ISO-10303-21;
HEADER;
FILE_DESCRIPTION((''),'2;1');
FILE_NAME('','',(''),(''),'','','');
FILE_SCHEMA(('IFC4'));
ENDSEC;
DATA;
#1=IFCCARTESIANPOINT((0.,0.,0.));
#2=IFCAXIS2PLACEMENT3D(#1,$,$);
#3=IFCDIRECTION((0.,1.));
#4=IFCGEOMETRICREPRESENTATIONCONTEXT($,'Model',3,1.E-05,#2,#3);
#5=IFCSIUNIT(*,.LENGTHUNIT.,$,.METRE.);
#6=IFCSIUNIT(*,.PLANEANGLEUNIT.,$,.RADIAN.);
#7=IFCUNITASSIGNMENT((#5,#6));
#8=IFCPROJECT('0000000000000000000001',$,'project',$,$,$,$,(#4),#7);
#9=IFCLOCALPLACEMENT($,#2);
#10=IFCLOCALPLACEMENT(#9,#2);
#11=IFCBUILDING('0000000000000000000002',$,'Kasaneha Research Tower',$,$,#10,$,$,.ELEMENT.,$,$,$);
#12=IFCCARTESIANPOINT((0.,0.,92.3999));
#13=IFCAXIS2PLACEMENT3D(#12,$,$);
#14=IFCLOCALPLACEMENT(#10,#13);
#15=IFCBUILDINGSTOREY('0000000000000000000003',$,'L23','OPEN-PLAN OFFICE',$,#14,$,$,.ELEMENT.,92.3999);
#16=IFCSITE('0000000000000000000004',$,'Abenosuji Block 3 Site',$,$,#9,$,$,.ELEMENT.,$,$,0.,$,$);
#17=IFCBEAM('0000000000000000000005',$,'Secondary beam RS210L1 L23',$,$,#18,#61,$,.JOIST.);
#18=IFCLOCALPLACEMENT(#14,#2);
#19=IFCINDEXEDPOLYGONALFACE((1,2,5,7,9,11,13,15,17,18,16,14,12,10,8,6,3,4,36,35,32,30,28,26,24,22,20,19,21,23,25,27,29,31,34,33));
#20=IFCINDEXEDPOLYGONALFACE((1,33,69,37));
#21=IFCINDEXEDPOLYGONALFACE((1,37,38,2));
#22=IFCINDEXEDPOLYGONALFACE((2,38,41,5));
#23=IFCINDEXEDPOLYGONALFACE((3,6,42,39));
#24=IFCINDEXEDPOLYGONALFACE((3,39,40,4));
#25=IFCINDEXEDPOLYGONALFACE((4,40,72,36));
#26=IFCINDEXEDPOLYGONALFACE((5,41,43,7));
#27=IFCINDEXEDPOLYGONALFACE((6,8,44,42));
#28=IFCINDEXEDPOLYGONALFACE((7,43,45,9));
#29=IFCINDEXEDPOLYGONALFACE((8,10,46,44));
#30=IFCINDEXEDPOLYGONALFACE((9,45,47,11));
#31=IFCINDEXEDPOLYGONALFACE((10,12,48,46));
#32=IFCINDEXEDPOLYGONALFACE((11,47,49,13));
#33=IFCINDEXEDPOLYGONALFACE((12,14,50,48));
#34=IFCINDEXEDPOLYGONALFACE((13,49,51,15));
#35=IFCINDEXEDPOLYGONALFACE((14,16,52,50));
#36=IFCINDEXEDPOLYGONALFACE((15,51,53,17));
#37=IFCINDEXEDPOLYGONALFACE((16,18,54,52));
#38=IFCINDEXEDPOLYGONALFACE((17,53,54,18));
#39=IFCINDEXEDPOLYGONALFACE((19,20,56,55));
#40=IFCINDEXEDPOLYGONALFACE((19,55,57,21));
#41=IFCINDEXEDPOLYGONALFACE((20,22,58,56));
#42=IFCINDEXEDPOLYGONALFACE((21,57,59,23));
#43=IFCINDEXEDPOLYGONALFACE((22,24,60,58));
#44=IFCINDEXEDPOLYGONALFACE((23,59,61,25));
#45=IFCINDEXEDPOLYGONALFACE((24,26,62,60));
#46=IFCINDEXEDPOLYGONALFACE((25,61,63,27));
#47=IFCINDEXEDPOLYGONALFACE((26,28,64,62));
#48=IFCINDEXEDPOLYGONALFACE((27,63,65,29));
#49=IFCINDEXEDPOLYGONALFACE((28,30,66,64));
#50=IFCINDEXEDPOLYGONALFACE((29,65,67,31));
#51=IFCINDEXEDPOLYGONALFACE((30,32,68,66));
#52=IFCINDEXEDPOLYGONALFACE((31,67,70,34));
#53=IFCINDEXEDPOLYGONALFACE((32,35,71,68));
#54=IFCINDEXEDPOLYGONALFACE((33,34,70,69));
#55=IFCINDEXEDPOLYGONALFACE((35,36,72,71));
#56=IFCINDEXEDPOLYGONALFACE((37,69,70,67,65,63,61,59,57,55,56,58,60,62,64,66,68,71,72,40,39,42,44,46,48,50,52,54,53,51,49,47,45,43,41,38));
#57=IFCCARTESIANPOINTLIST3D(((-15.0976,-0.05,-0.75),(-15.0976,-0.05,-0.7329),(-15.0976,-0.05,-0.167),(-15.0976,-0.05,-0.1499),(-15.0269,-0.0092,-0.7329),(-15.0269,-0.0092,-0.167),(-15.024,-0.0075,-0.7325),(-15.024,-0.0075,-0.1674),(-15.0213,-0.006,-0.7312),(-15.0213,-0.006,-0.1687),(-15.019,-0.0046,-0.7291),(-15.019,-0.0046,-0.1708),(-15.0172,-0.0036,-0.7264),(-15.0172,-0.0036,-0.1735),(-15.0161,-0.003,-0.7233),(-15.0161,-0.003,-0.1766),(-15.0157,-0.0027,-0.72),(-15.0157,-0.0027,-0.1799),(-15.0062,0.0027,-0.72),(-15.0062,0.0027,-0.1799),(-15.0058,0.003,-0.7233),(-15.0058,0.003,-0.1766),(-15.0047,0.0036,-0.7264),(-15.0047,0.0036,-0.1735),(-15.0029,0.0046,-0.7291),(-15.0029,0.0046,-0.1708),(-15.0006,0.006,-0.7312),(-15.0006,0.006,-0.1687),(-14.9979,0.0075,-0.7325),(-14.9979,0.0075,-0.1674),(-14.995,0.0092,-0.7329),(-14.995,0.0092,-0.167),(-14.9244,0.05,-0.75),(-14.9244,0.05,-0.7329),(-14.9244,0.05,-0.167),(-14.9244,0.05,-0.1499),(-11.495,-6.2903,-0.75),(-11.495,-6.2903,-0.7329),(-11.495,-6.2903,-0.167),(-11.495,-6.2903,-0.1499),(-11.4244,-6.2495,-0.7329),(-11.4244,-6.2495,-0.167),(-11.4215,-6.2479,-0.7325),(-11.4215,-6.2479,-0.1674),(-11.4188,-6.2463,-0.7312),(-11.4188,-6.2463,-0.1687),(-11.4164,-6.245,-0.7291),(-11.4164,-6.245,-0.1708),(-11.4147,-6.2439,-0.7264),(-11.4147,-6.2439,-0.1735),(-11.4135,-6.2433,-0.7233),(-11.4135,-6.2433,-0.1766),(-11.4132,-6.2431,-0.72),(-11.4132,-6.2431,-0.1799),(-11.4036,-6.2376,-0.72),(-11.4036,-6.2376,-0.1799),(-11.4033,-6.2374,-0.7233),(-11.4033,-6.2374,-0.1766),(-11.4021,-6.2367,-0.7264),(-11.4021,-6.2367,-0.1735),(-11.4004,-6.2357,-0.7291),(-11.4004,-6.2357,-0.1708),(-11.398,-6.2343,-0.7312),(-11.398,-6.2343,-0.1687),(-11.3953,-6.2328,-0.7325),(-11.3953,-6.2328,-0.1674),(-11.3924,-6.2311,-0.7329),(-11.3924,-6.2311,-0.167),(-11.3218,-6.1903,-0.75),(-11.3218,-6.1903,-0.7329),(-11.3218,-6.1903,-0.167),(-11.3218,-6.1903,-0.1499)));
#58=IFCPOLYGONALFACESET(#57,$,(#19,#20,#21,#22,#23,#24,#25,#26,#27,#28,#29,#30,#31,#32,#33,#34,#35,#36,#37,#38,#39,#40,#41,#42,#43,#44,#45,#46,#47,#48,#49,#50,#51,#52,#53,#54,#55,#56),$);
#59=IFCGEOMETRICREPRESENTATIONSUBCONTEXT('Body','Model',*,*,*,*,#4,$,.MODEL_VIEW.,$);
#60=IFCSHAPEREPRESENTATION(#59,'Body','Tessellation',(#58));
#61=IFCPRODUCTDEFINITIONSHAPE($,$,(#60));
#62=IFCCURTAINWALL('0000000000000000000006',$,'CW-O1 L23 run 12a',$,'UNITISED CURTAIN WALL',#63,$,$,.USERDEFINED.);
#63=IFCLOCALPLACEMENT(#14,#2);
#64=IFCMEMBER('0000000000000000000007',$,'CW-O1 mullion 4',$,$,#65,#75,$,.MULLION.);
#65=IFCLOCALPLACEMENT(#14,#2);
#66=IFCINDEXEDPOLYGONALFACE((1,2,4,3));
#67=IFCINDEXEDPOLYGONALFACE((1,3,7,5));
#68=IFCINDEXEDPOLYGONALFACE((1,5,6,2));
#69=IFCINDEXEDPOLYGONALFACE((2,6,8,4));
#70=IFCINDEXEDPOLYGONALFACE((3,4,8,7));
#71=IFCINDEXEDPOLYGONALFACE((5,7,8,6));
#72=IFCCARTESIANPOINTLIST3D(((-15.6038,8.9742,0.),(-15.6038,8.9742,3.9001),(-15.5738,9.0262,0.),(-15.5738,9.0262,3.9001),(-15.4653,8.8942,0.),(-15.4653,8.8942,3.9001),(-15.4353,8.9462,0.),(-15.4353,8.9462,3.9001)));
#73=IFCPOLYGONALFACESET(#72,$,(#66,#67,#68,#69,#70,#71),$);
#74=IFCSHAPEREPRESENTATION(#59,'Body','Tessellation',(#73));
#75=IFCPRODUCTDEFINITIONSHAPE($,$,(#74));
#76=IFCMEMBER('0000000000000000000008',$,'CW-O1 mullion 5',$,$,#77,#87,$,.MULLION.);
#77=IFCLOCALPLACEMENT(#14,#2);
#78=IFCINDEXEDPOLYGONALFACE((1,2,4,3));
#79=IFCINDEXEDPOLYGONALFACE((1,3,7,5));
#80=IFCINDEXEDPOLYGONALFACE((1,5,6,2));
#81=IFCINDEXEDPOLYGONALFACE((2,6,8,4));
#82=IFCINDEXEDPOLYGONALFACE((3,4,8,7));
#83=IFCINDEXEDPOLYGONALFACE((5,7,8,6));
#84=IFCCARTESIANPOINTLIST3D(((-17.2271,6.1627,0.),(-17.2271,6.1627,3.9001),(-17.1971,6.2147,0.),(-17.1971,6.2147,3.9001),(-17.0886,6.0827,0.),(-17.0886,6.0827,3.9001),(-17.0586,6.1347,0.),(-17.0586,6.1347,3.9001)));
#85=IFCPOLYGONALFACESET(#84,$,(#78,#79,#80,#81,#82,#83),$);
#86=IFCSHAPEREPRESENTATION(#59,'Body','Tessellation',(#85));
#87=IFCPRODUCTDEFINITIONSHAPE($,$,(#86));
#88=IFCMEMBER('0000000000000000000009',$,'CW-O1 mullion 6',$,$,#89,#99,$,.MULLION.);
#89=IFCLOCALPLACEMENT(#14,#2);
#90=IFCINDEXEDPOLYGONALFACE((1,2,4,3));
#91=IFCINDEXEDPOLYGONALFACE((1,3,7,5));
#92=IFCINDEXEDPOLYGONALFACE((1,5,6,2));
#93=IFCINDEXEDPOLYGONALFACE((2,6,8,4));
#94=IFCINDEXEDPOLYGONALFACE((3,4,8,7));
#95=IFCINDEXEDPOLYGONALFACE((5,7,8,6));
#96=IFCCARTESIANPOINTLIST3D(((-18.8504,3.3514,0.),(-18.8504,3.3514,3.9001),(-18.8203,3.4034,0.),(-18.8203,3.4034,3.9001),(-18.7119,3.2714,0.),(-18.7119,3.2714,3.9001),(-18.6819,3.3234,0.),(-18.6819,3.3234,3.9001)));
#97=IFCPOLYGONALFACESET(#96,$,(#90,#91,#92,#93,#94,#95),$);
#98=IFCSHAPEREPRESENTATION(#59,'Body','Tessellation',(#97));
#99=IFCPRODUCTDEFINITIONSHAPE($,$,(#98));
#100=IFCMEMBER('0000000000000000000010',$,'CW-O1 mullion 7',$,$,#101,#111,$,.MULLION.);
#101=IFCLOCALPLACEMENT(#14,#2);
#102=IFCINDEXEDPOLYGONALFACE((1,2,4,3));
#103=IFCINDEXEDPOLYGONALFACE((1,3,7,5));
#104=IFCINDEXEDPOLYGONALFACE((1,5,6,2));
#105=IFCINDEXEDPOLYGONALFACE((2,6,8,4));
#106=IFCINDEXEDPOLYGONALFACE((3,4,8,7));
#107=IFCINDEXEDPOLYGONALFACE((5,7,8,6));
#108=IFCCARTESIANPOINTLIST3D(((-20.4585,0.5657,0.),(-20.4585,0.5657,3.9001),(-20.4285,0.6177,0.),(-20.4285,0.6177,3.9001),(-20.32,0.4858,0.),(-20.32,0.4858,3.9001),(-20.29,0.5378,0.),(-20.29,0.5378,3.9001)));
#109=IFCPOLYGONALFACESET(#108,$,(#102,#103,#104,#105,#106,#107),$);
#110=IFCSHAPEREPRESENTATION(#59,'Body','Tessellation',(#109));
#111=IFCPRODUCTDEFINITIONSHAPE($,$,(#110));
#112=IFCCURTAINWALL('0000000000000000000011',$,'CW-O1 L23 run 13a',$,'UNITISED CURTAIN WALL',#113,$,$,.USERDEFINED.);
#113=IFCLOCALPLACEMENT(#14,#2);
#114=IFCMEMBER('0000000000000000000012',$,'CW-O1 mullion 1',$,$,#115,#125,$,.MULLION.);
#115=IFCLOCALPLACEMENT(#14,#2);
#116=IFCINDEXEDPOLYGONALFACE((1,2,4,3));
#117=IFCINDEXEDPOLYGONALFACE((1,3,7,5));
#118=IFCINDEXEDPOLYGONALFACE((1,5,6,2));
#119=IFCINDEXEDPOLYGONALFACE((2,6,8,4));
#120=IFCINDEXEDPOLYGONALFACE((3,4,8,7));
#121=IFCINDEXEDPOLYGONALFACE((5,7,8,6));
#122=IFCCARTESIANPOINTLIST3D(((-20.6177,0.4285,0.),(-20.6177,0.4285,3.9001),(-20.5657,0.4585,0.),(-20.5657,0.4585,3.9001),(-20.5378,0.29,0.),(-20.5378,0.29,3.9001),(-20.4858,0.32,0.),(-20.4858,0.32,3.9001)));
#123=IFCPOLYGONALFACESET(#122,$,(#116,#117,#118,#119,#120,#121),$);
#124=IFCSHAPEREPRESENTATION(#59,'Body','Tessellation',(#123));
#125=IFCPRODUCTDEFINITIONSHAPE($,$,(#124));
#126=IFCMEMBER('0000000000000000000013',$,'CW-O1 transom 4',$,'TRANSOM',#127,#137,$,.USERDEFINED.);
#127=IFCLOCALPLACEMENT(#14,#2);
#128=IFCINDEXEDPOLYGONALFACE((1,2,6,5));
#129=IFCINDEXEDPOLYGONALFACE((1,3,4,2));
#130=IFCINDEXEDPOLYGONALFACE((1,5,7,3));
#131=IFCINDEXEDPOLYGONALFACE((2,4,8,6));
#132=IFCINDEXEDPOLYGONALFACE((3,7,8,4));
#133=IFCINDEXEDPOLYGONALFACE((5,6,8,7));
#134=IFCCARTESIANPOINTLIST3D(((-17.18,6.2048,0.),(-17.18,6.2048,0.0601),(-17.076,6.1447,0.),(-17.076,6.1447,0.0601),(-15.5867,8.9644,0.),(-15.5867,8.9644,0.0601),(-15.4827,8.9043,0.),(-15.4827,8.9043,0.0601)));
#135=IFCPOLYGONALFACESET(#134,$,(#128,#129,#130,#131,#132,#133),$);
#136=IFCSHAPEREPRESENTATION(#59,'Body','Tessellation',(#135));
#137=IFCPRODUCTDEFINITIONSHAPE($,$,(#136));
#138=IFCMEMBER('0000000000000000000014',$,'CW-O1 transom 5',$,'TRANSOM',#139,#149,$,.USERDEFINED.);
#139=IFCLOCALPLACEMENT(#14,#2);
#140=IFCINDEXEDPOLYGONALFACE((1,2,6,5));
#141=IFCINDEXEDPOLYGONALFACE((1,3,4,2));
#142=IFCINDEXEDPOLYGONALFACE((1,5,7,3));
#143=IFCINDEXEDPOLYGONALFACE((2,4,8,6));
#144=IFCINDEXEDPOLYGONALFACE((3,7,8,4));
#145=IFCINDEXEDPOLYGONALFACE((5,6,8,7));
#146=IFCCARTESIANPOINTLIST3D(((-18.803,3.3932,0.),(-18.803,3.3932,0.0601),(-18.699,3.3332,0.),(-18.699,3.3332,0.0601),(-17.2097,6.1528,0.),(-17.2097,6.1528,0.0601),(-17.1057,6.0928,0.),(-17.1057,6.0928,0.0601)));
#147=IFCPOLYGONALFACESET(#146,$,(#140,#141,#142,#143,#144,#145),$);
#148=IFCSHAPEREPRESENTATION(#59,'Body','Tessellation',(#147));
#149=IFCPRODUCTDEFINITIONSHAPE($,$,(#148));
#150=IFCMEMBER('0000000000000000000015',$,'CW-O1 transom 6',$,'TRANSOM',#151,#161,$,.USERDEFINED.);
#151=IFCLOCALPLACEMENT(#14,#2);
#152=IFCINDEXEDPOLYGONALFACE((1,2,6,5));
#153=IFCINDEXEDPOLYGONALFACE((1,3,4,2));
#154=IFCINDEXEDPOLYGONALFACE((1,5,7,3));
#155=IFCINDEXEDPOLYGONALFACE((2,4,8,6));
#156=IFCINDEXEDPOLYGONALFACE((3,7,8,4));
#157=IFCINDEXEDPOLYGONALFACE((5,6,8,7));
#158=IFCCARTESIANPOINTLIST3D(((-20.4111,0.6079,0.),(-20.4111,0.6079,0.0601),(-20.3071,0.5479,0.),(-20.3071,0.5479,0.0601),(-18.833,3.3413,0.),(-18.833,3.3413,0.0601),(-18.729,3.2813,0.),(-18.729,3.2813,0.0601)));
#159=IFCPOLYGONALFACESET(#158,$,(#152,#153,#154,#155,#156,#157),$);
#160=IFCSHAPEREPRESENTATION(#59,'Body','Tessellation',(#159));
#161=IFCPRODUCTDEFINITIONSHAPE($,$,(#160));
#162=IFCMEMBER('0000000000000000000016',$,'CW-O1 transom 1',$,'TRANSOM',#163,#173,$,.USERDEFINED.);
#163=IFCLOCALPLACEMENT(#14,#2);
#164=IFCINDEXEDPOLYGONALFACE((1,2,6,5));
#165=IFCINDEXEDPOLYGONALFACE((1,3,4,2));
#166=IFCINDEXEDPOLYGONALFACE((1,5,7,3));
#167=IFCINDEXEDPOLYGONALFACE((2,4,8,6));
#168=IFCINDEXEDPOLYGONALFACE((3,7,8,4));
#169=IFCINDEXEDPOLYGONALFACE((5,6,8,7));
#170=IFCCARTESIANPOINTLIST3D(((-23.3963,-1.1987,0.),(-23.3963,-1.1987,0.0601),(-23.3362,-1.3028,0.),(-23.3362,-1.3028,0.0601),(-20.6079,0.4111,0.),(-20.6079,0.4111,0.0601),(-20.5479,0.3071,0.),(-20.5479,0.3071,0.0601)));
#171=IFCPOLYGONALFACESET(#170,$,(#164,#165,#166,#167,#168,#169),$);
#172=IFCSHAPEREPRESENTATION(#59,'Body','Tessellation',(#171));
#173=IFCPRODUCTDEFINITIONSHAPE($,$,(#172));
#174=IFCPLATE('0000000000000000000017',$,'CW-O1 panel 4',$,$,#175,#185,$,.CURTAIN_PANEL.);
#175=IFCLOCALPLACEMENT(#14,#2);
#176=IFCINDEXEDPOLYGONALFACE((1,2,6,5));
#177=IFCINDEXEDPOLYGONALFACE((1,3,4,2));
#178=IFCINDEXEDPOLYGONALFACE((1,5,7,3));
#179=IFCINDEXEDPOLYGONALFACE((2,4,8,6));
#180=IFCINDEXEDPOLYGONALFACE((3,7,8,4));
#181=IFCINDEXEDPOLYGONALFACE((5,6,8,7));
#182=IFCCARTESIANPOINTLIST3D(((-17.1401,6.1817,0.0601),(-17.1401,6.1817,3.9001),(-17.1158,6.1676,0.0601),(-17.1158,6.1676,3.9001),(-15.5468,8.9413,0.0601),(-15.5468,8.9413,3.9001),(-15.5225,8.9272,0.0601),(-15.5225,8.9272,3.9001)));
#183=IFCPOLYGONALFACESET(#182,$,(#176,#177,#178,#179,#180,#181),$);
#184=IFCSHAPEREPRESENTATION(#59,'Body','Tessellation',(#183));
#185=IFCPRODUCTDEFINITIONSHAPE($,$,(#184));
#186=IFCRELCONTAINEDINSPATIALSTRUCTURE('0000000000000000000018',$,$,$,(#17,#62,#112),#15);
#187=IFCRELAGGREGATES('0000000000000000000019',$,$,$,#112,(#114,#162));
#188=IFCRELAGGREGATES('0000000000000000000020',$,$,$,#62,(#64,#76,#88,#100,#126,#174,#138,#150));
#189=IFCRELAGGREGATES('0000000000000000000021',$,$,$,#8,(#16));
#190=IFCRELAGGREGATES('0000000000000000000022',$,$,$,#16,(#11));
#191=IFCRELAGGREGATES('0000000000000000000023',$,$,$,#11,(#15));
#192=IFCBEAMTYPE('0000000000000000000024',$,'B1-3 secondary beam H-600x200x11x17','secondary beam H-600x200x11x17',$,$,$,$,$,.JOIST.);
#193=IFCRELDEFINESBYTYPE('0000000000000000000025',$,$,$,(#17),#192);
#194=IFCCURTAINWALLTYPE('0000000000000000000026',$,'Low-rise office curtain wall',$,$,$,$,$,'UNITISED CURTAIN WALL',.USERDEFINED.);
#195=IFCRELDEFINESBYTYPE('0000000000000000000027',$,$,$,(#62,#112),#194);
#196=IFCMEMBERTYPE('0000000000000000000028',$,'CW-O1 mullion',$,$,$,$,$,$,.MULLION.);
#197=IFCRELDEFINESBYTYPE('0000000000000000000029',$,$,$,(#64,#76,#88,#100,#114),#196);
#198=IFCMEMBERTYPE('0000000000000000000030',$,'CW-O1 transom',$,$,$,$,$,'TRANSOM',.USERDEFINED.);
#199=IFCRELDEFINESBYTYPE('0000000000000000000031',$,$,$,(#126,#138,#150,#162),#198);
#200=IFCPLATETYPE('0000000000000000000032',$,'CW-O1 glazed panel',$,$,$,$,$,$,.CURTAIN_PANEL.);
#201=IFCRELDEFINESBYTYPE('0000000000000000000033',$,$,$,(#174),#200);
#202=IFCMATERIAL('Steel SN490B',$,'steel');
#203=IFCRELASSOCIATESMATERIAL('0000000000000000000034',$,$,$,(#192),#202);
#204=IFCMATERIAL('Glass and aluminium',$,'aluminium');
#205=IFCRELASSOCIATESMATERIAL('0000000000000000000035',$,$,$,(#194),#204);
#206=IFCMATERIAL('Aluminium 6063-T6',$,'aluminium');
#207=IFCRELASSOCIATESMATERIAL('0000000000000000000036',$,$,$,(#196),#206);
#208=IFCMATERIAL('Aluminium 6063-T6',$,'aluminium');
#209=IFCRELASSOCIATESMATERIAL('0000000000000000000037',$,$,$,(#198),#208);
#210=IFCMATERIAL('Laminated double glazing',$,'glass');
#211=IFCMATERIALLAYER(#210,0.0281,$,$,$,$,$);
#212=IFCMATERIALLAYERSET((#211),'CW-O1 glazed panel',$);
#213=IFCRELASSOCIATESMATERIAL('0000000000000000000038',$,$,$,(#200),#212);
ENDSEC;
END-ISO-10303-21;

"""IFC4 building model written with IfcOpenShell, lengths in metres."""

from ifc_helpers import new_model, si_unit, direction, frame, origin, origin_2d, place, context, subcontext, project, spatial, rectangle, i_section, extrude, material, layer, layer_set, material_profile, profile_set, type_object, element, aggregate, save


model = new_model("IFC4")

# Units and contexts
model_context = context("Model", 3, precision=1e-05, world=origin(), true_north=direction((0.0, 1.0)))
body_context = subcontext(model_context, "Body", "Model", "MODEL_VIEW")
ifc_project = project(units=[si_unit("LENGTHUNIT", "METRE"), si_unit("PLANEANGLEUNIT", "RADIAN")], contexts=[model_context])

# Site, building, storey
site_placement = place(None, origin())
site = spatial("IfcSite", under=ifc_project, at=site_placement, Name="Abenosuji Block 3 Site", CompositionType="ELEMENT", RefElevation=0.0)
building_placement = place(site_placement, origin())
building = spatial("IfcBuilding", under=site, at=building_placement, Name="Kasaneha Research Tower", CompositionType="ELEMENT")
storey_placement = place(building_placement, frame((0.0, 0.0, 92.3999)))
storey = spatial("IfcBuildingStorey", under=building, at=storey_placement, Name="L23", Description="OPEN-PLAN OFFICE", CompositionType="ELEMENT", Elevation=92.3999)

# Beam
ifc_material_1 = material(Name="Steel SN490B", Category="steel")
ifc_material_profile_1 = material_profile(ifc_material_1, i_section(OverallWidth=0.2, OverallDepth=0.6001, WebThickness=0.011, FlangeThickness=0.0171, FilletRadius=0.0129, at=origin_2d()), Name="H-600x200x11x17")
ifc_profile_set_1 = profile_set([ifc_material_profile_1], Name="Steel SN490B")
beam_type = type_object("IfcBeamType", Name="B1-3 secondary beam H-600x200x11x17", Description="secondary beam H-600x200x11x17", PredefinedType="JOIST", material=ifc_profile_set_1)
beam_placement = place(storey_placement, frame((-15.011, 0.0, -0.45), z_axis=(0.499973, -0.866041, 0.0), x_axis=(0.866041, 0.499973, 0.0)))
element("IfcBeam", 1, at=beam_placement, inside=storey, type_object=beam_type, Name="Secondary beam RS210L1 L23", PredefinedType="JOIST", context=body_context, shape_type="SweptSolid", body=[
    extrude(i_section(OverallWidth=0.2, OverallDepth=0.6001, WebThickness=0.011, FlangeThickness=0.0171, FilletRadius=0.0129, at=origin_2d()), origin(), (0.0, 0.0, 1.0), 7.2056),
])

# Curtain wall, members
ifc_material_2 = material(Name="Glass and aluminium", Category="aluminium")
curtain_wall_type = type_object("IfcCurtainWallType", Name="Low-rise office curtain wall", ElementType="UNITISED CURTAIN WALL", PredefinedType="USERDEFINED", material=ifc_material_2)
curtain_wall_1_placement = place(storey_placement, origin())
curtain_wall_1 = element("IfcCurtainWall", 2, at=curtain_wall_1_placement, inside=storey, type_object=curtain_wall_type, Name="CW-O1 L23 run 12a", ObjectType="UNITISED CURTAIN WALL", PredefinedType="USERDEFINED")
ifc_material_3 = material(Name="Aluminium 6063-T6", Category="aluminium")
ifc_material_profile_2 = material_profile(ifc_material_3, rectangle(XDim=0.0601, YDim=0.1599, at=origin_2d()), Name="CW-O1 mullion 60x160")
ifc_profile_set_2 = profile_set([ifc_material_profile_2], Name="Aluminium 6063-T6")
member_type_1 = type_object("IfcMemberType", Name="CW-O1 mullion", PredefinedType="MULLION", material=ifc_profile_set_2)
member_1_placement = place(storey_placement, frame((-15.5195, 8.9602, 0.0), z_axis=(0.0, 0.0, 1.0), x_axis=(-0.5, -0.866025, 0.0)))
member_1 = element("IfcMember", 3, at=member_1_placement, type_object=member_type_1, Name="CW-O1 mullion 4", PredefinedType="MULLION", context=body_context, shape_type="SweptSolid", body=[
    extrude(rectangle(XDim=0.0601, YDim=0.1599, at=origin_2d()), origin(), (0.0, 0.0, 1.0), 3.9001),
])
member_2_placement = place(storey_placement, frame((-17.1428, 6.1487, 0.0), z_axis=(0.0, 0.0, 1.0), x_axis=(-0.5, -0.866025, 0.0)))
member_2 = element("IfcMember", 4, at=member_2_placement, type_object=member_type_1, Name="CW-O1 mullion 5", PredefinedType="MULLION", context=body_context, shape_type="SweptSolid", body=[
    extrude(rectangle(XDim=0.0601, YDim=0.1599, at=origin_2d()), origin(), (0.0, 0.0, 1.0), 3.9001),
])
member_3_placement = place(storey_placement, frame((-18.7661, 3.3374, 0.0), z_axis=(0.0, 0.0, 1.0), x_axis=(-0.5, -0.866025, 0.0)))
member_3 = element("IfcMember", 5, at=member_3_placement, type_object=member_type_1, Name="CW-O1 mullion 6", PredefinedType="MULLION", context=body_context, shape_type="SweptSolid", body=[
    extrude(rectangle(XDim=0.0601, YDim=0.1599, at=origin_2d()), origin(), (0.0, 0.0, 1.0), 3.9001),
])
member_4_placement = place(storey_placement, frame((-20.3743, 0.5518, 0.0), z_axis=(0.0, 0.0, 1.0), x_axis=(-0.5, -0.866025, 0.0)))
member_4 = element("IfcMember", 6, at=member_4_placement, type_object=member_type_1, Name="CW-O1 mullion 7", PredefinedType="MULLION", context=body_context, shape_type="SweptSolid", body=[
    extrude(rectangle(XDim=0.0601, YDim=0.1599, at=origin_2d()), origin(), (0.0, 0.0, 1.0), 3.9001),
])

# Curtain wall, member
curtain_wall_2_placement = place(storey_placement, origin())
curtain_wall_2 = element("IfcCurtainWall", 7, at=curtain_wall_2_placement, inside=storey, type_object=curtain_wall_type, Name="CW-O1 L23 run 13a", ObjectType="UNITISED CURTAIN WALL", PredefinedType="USERDEFINED")
member_5_placement = place(storey_placement, frame((-20.5518, 0.3743, 0.0), z_axis=(0.0, 0.0, 1.0), x_axis=(-0.866025, -0.5, 0.0)))
member_5 = element("IfcMember", 8, at=member_5_placement, type_object=member_type_1, Name="CW-O1 mullion 1", PredefinedType="MULLION", context=body_context, shape_type="SweptSolid", body=[
    extrude(rectangle(XDim=0.0601, YDim=0.1599, at=origin_2d()), origin(), (0.0, 0.0, 1.0), 3.9001),
])

# Members
ifc_material_4 = material(Name="Aluminium 6063-T6", Category="aluminium")
ifc_material_profile_3 = material_profile(ifc_material_4, rectangle(XDim=0.1201, YDim=0.0601, at=origin_2d()), Name="CW-O1 transom 120x60")
ifc_profile_set_3 = profile_set([ifc_material_profile_3], Name="Aluminium 6063-T6")
member_type_2 = type_object("IfcMemberType", Name="CW-O1 transom", ElementType="TRANSOM", PredefinedType="USERDEFINED", material=ifc_profile_set_3)
member_6_placement = place(storey_placement, frame((-15.5347, 8.9343, 0.03), z_axis=(-0.500012, -0.866018, 0.0), x_axis=(0.866018, -0.500012, 0.0)))
member_6 = element("IfcMember", 9, at=member_6_placement, type_object=member_type_2, Name="CW-O1 transom 4", ObjectType="TRANSOM", PredefinedType="USERDEFINED", context=body_context, shape_type="SweptSolid", body=[
    extrude(rectangle(XDim=0.1201, YDim=0.0601, at=origin_2d()), origin(), (0.0, 0.0, 1.0), 3.1865),
])
member_7_placement = place(storey_placement, frame((-17.1577, 6.1228, 0.03), z_axis=(-0.500012, -0.866018, 0.0), x_axis=(0.866018, -0.500012, 0.0)))
member_7 = element("IfcMember", 10, at=member_7_placement, type_object=member_type_2, Name="CW-O1 transom 5", ObjectType="TRANSOM", PredefinedType="USERDEFINED", context=body_context, shape_type="SweptSolid", body=[
    extrude(rectangle(XDim=0.1201, YDim=0.0601, at=origin_2d()), origin(), (0.0, 0.0, 1.0), 3.1865),
])
member_8_placement = place(storey_placement, frame((-18.781, 3.3113, 0.03), z_axis=(-0.499999, -0.866026, 0.0), x_axis=(0.866026, -0.499999, 0.0)))
member_8 = element("IfcMember", 11, at=member_8_placement, type_object=member_type_2, Name="CW-O1 transom 6", ObjectType="TRANSOM", PredefinedType="USERDEFINED", context=body_context, shape_type="SweptSolid", body=[
    extrude(rectangle(XDim=0.1201, YDim=0.0601, at=origin_2d()), origin(), (0.0, 0.0, 1.0), 3.1562),
])
member_9_placement = place(storey_placement, frame((-20.5779, 0.3591, 0.03), z_axis=(-0.866023, -0.500005, 0.0), x_axis=(0.500005, -0.866023, 0.0)))
member_9 = element("IfcMember", 12, at=member_9_placement, type_object=member_type_2, Name="CW-O1 transom 1", ObjectType="TRANSOM", PredefinedType="USERDEFINED", context=body_context, shape_type="SweptSolid", body=[
    extrude(rectangle(XDim=0.1201, YDim=0.0601, at=origin_2d()), origin(), (0.0, 0.0, 1.0), 3.2197),
])
aggregate(curtain_wall_2, [member_5, member_9])

# Plate
ifc_material_5 = material(Name="Laminated double glazing", Category="glass")
ifc_layer_1 = layer(ifc_material_5, 0.0281)
ifc_layer_set_1 = layer_set([ifc_layer_1], Name="CW-O1 glazed panel")
plate_type = type_object("IfcPlateType", Name="CW-O1 glazed panel", PredefinedType="CURTAIN_PANEL", material=ifc_layer_set_1)
plate_1_placement = place(storey_placement, frame((-16.3313, 7.5544, 0.0601), z_axis=(0.0, 0.0, 1.0), x_axis=(-0.5, -0.866025, 0.0)))
plate_1 = element("IfcPlate", 13, at=plate_1_placement, type_object=plate_type, Name="CW-O1 panel 4", PredefinedType="CURTAIN_PANEL", context=body_context, shape_type="SweptSolid", body=[
    extrude(rectangle(XDim=3.1865, YDim=0.0281, at=origin_2d()), origin(), (0.0, 0.0, 1.0), 3.8401),
])
aggregate(curtain_wall_1, [member_1, member_2, member_3, member_4, member_6, plate_1, member_7, member_8])

save(model, "model.ifc")
